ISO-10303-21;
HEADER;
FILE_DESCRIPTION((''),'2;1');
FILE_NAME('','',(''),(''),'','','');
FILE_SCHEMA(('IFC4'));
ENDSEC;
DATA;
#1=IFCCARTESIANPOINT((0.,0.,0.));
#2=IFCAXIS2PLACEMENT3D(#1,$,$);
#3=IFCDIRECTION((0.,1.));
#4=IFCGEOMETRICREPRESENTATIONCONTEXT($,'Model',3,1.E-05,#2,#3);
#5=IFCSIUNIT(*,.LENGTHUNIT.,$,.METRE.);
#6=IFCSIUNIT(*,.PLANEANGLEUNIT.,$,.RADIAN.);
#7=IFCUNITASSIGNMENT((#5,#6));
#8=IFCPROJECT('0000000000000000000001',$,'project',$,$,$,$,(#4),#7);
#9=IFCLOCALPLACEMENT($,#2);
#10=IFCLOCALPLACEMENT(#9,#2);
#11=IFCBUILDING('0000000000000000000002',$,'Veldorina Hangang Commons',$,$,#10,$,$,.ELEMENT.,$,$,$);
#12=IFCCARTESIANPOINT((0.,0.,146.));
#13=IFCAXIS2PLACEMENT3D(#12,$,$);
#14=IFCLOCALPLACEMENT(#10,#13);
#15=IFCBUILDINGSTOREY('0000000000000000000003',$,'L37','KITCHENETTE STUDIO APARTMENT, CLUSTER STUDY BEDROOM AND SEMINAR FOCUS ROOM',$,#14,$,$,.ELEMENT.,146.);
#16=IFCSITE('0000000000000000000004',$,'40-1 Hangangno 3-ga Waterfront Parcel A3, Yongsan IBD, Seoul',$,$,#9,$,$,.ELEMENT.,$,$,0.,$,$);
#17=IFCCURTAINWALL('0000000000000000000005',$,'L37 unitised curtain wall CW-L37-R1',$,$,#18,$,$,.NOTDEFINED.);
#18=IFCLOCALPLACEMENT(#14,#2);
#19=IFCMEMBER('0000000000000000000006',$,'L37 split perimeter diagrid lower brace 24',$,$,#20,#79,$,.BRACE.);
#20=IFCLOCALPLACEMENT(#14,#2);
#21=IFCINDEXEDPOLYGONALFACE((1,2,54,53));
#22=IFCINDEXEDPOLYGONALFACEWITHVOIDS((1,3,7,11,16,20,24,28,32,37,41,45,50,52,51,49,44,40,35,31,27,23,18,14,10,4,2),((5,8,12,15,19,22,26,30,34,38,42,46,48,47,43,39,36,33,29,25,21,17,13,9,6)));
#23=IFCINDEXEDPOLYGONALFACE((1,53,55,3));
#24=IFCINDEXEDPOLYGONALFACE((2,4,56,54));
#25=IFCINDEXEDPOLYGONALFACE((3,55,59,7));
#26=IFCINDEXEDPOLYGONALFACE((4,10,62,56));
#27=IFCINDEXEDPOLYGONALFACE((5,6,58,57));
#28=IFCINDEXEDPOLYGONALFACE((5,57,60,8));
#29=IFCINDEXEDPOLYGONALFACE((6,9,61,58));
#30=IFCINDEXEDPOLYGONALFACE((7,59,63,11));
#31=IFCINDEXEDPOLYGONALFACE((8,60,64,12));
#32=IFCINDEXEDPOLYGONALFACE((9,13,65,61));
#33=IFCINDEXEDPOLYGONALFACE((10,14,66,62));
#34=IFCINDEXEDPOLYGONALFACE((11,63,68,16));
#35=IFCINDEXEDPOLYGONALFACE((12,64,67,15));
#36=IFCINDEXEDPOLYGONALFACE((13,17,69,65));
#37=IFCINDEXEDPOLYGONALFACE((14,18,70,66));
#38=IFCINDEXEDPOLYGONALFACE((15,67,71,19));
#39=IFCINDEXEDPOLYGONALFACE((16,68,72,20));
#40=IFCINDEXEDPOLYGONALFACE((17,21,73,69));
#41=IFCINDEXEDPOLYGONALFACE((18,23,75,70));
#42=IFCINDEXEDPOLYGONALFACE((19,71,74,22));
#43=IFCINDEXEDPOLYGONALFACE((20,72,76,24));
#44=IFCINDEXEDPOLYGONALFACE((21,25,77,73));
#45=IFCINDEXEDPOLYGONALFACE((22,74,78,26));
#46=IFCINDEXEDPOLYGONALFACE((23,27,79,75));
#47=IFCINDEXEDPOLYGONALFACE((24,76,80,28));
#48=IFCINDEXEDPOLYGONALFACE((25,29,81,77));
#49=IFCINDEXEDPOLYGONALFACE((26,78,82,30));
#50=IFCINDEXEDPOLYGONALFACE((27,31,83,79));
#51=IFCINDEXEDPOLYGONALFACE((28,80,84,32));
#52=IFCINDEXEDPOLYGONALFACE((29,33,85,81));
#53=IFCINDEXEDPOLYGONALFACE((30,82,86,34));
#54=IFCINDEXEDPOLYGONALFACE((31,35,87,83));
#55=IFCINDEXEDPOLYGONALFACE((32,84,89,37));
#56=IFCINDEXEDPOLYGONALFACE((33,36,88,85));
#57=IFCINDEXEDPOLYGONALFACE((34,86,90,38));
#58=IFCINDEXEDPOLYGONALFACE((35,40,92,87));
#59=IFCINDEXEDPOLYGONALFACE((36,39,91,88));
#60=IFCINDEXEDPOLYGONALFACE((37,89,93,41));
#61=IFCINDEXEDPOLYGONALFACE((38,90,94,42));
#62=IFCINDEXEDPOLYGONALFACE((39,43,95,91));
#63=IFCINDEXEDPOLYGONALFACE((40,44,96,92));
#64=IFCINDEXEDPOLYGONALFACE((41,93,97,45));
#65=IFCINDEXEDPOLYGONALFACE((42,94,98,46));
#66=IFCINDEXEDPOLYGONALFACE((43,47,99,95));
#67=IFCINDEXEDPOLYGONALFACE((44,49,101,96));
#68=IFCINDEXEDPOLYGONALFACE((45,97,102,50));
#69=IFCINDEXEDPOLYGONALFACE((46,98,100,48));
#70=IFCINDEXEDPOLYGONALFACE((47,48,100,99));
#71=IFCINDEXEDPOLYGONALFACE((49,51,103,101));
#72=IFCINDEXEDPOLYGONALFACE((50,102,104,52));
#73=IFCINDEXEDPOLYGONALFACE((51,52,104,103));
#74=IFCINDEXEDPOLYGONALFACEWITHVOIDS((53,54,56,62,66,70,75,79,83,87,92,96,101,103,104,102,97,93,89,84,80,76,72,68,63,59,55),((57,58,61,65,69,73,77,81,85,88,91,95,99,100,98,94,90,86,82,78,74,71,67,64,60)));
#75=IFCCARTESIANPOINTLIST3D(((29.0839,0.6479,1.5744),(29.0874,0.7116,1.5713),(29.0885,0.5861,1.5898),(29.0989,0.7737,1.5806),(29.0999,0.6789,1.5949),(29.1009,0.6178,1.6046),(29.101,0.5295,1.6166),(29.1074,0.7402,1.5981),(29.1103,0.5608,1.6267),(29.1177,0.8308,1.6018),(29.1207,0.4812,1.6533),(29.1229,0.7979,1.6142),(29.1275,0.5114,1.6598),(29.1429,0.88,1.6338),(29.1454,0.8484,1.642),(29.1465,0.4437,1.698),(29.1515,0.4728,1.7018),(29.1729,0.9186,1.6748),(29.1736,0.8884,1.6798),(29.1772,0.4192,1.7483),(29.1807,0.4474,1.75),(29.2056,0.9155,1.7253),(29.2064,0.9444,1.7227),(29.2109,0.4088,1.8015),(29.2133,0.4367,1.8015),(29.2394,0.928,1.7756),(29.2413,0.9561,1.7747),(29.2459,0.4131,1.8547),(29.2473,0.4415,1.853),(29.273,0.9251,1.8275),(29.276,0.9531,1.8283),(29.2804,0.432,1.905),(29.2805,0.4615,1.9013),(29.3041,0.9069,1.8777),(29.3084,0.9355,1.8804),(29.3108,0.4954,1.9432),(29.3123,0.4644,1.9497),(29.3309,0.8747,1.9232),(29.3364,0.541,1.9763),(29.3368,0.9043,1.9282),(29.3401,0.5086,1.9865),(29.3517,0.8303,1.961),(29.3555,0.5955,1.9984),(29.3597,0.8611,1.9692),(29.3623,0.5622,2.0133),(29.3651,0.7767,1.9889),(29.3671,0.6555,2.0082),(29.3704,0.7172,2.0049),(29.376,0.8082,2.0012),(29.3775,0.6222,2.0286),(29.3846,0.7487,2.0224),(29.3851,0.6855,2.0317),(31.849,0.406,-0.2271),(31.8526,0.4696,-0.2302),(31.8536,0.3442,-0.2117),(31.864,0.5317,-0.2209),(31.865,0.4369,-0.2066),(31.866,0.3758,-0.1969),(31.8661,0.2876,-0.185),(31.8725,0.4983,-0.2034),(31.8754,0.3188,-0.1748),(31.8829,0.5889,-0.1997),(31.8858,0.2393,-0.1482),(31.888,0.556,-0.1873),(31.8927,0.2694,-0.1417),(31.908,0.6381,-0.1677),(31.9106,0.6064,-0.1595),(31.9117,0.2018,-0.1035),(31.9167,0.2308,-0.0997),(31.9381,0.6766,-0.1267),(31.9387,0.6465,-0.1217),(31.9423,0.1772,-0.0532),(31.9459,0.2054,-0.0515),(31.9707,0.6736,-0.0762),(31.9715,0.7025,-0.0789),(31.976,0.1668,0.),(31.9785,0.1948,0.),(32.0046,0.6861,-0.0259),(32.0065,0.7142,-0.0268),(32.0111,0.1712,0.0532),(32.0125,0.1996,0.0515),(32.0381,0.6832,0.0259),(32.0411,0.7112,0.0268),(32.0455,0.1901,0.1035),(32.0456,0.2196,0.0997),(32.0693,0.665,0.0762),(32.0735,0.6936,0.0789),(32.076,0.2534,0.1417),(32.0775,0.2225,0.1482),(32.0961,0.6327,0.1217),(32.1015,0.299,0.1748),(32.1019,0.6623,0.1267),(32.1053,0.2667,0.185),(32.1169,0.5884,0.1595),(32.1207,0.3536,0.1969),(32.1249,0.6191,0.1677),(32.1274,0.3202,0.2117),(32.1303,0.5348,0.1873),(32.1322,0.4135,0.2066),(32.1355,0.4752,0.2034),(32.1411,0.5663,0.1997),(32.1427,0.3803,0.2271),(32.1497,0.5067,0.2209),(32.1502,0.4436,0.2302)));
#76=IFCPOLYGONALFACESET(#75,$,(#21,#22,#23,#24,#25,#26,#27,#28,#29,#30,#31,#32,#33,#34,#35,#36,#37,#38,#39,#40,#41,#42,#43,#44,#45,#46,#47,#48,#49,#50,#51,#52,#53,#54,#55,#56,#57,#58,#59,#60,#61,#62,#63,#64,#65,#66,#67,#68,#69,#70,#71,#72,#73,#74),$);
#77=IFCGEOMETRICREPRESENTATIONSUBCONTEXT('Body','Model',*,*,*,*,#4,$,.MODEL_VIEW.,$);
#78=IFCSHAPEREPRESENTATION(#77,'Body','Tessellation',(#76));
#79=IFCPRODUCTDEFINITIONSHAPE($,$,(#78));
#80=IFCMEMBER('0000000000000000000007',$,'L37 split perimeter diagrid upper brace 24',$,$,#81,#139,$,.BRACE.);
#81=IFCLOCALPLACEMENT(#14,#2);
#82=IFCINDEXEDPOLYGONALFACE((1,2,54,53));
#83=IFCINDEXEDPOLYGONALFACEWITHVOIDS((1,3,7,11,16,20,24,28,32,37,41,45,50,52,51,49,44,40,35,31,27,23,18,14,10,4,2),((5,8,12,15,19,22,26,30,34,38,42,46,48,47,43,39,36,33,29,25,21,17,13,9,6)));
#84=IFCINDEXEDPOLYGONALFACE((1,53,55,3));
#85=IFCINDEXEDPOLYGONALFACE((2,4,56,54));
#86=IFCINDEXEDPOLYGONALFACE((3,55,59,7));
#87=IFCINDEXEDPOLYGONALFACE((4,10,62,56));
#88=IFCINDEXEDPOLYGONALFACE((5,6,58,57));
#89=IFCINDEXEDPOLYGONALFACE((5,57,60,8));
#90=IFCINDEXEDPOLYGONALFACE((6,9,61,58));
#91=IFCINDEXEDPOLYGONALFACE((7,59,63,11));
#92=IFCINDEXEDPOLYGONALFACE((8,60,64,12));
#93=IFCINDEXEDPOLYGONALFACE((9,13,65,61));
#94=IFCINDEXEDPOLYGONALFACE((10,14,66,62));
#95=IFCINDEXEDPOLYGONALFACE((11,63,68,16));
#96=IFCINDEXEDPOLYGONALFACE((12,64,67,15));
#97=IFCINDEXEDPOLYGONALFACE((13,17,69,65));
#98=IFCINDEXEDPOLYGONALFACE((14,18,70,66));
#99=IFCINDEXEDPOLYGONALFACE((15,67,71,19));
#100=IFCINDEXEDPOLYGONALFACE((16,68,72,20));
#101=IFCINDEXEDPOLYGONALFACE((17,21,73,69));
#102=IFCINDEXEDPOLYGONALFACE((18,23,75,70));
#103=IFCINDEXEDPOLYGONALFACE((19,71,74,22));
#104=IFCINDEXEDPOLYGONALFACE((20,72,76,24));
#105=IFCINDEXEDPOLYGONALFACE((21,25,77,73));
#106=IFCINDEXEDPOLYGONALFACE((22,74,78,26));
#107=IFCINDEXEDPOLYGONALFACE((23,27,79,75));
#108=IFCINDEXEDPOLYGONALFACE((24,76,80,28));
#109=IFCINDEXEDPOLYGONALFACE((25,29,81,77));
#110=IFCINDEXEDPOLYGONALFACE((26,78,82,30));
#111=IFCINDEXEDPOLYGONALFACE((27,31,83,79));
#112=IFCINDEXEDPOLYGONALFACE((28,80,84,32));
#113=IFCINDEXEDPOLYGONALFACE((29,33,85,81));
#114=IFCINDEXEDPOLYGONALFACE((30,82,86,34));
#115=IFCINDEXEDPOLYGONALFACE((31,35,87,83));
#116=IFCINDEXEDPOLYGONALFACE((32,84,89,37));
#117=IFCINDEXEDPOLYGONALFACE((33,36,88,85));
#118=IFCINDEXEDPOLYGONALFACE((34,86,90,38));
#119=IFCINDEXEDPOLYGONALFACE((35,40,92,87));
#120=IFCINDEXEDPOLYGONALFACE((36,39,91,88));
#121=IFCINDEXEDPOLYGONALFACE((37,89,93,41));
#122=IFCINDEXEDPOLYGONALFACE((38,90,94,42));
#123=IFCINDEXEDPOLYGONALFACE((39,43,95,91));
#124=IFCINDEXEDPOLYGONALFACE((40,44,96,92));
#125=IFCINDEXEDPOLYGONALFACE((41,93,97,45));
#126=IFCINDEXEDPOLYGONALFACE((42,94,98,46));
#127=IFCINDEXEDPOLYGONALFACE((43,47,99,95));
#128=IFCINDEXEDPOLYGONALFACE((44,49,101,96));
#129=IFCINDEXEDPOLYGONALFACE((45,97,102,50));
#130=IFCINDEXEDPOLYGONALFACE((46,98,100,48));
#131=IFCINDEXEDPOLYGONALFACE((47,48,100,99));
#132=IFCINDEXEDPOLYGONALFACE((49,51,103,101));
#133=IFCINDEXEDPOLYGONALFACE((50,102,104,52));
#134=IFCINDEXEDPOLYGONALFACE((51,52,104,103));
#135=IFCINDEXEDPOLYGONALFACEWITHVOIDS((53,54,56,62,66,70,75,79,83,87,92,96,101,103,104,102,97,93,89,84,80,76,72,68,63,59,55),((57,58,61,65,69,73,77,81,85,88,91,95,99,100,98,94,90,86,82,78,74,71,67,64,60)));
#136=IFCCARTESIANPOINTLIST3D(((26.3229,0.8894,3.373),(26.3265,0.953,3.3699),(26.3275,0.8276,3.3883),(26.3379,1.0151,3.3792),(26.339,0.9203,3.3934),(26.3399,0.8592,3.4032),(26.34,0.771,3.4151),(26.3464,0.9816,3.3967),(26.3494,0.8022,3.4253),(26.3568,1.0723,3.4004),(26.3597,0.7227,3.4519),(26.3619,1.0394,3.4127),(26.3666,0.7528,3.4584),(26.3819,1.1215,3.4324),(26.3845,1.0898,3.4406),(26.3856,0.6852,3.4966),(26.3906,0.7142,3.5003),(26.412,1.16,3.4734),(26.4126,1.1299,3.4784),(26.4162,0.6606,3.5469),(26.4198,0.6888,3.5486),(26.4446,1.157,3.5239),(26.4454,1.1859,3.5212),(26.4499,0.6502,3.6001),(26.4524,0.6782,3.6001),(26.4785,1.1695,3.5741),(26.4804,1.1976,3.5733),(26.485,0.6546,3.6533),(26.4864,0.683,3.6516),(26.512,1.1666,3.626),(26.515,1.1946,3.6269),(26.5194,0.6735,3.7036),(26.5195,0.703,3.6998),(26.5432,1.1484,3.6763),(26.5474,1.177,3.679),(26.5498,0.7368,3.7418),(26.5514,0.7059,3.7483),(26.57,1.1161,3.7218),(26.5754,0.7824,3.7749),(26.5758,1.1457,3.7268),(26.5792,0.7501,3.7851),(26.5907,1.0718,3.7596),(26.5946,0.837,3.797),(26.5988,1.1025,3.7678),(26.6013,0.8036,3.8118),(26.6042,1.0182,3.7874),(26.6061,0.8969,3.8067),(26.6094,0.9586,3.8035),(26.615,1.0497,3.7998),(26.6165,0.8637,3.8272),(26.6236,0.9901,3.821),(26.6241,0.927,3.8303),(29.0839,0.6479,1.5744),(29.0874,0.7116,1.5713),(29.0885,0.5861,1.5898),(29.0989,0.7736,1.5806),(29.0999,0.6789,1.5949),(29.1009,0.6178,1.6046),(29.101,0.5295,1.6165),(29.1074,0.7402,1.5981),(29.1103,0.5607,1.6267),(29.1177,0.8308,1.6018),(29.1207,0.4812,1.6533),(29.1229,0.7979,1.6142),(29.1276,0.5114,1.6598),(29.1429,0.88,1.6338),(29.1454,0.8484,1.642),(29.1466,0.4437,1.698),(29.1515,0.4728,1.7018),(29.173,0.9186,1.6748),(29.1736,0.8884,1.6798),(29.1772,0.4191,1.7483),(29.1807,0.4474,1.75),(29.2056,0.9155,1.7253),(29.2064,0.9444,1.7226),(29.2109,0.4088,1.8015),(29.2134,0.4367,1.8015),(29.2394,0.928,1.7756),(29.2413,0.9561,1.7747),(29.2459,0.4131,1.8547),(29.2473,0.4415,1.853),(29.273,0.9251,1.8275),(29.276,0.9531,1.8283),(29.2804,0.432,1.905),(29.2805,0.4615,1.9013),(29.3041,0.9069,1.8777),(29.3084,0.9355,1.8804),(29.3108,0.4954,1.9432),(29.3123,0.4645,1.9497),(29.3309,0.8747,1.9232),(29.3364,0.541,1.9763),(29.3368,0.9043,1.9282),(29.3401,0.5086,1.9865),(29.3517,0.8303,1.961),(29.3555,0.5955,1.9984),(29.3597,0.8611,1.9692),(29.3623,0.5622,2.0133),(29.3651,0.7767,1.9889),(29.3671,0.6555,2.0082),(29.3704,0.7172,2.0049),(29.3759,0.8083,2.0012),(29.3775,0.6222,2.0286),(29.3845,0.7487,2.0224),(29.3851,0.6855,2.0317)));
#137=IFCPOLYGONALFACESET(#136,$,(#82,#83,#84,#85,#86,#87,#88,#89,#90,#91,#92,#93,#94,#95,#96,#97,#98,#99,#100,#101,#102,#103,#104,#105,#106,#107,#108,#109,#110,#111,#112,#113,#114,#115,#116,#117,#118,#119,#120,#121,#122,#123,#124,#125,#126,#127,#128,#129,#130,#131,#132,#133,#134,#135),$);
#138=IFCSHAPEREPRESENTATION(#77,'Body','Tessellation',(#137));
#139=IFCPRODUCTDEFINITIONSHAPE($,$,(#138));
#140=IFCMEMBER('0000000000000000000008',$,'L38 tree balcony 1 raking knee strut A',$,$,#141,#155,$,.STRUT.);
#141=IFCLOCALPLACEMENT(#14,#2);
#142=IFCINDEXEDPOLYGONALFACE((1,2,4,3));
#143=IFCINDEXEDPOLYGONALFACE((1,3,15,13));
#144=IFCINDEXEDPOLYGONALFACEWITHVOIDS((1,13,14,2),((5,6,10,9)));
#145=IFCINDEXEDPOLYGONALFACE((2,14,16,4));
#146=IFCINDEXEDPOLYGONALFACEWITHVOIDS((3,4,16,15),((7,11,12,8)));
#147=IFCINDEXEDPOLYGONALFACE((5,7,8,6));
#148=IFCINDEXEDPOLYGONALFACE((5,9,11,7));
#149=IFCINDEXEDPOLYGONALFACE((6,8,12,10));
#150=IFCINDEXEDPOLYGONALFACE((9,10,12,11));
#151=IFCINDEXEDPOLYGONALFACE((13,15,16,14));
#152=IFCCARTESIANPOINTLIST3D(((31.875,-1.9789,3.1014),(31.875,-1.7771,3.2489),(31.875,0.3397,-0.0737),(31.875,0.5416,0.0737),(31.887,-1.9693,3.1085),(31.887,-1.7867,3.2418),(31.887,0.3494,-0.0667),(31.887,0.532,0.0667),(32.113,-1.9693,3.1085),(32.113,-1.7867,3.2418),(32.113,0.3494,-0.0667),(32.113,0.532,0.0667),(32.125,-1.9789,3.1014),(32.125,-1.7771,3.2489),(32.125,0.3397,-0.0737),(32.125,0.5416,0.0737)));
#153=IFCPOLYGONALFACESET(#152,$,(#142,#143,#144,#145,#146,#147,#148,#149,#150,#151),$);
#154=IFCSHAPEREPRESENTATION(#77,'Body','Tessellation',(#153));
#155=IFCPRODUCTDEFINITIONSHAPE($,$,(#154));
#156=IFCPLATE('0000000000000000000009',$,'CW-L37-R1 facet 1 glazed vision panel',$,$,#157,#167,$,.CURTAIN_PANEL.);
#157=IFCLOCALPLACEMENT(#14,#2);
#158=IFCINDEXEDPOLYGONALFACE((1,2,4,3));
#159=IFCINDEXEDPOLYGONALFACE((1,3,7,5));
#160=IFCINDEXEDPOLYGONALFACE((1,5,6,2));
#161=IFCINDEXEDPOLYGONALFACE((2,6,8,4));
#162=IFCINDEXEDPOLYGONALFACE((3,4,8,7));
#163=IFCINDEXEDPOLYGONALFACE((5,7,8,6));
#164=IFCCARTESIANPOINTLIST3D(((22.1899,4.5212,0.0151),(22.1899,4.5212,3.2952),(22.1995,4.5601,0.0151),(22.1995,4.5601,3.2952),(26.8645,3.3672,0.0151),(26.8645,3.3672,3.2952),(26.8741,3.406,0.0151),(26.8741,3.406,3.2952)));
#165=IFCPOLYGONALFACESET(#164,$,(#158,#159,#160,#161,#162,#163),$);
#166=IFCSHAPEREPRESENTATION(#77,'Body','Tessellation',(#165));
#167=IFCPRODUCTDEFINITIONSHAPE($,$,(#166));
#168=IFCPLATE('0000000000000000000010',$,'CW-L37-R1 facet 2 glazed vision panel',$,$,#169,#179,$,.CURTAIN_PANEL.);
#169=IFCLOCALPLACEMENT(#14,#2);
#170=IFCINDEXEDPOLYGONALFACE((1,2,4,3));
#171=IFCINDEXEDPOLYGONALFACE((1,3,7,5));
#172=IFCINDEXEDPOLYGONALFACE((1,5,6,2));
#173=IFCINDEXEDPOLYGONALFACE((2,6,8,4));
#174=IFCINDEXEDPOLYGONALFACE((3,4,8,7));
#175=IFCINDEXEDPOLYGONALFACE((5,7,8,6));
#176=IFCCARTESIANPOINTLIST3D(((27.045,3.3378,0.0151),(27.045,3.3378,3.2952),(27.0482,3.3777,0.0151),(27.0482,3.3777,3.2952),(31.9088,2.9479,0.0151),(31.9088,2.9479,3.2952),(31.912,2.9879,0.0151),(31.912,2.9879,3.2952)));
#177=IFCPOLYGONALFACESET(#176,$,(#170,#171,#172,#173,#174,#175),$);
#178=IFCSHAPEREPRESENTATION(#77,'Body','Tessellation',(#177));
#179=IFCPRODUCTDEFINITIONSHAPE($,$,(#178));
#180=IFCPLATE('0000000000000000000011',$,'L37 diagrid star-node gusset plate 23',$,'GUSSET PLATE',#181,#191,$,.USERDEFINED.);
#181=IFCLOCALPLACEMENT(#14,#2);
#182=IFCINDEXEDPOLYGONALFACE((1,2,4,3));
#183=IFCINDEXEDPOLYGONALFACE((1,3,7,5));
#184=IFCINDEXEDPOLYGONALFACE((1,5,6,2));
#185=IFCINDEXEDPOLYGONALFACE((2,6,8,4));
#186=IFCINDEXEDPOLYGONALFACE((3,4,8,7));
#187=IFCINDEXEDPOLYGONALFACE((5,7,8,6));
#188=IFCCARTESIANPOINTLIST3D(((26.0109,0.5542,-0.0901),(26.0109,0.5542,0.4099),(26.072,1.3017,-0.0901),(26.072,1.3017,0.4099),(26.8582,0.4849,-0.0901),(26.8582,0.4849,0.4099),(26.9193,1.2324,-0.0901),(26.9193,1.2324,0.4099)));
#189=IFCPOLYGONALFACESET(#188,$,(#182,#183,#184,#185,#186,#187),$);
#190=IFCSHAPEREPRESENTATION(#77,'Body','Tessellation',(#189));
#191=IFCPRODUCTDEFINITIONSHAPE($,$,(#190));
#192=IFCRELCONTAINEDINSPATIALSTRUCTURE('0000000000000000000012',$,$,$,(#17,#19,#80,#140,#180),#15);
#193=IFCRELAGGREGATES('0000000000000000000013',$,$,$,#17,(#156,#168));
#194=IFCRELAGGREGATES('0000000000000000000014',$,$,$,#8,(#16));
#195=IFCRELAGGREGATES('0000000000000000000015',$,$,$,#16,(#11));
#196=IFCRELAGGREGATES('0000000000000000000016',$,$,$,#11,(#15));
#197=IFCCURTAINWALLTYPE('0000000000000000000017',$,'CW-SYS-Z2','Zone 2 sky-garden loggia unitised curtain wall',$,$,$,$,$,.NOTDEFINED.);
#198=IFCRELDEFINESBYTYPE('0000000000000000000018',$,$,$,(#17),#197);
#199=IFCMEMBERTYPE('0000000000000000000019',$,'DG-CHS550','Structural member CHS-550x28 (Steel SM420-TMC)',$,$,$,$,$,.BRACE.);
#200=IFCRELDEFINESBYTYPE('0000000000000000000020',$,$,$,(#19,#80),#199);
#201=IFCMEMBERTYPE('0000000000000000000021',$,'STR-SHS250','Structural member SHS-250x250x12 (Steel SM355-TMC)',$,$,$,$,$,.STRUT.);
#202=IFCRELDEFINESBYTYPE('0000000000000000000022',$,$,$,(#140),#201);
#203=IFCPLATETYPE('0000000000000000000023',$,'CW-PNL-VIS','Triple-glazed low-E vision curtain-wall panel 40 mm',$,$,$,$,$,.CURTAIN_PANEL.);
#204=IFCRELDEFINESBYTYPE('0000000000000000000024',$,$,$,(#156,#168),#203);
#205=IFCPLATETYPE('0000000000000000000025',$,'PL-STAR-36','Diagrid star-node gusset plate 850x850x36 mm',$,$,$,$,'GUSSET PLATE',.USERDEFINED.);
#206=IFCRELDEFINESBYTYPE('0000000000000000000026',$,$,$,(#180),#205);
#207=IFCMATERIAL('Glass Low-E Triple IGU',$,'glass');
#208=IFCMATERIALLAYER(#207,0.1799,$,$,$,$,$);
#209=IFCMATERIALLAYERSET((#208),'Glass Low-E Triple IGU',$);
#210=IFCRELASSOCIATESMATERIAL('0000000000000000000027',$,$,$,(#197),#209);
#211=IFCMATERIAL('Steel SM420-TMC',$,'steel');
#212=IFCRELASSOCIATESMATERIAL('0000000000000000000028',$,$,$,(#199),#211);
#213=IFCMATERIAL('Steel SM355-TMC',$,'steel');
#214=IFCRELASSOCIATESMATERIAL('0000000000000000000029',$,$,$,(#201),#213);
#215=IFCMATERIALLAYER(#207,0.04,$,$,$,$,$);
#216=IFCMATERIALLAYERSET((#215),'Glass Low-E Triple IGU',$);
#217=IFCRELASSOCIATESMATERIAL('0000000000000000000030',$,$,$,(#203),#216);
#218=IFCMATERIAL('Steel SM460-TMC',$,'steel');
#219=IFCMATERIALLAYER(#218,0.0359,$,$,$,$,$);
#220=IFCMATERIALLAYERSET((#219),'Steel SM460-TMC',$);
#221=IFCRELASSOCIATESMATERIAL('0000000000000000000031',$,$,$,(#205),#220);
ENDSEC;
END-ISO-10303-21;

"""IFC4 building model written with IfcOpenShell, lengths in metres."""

from ifc_helpers import new_model, si_unit, direction, frame, origin, origin_2d, place, context, subcontext, project, spatial, rectangle, hollow_rectangle, hollow_circle, extrude, material, layer, layer_set, material_profile, profile_set, type_object, element, aggregate, save


model = new_model("IFC4")

# Units and contexts
model_context = context("Model", 3, precision=1e-05, world=origin(), true_north=direction((0.0, 1.0)))
body_context = subcontext(model_context, "Body", "Model", "MODEL_VIEW")
ifc_project = project(units=[si_unit("LENGTHUNIT", "METRE"), si_unit("PLANEANGLEUNIT", "RADIAN")], contexts=[model_context])

# Site, building, storey
site_placement = place(None, origin())
site = spatial("IfcSite", under=ifc_project, at=site_placement, Name="40-1 Hangangno 3-ga Waterfront Parcel A3, Yongsan IBD, Seoul", CompositionType="ELEMENT", RefElevation=0.0)
building_placement = place(site_placement, origin())
building = spatial("IfcBuilding", under=site, at=building_placement, Name="Veldorina Hangang Commons", CompositionType="ELEMENT")
storey_placement = place(building_placement, frame((0.0, 0.0, 146.0)))
storey = spatial("IfcBuildingStorey", under=building, at=storey_placement, Name="L37", Description="KITCHENETTE STUDIO APARTMENT, CLUSTER STUDY BEDROOM AND SEMINAR FOCUS ROOM", CompositionType="ELEMENT", Elevation=146.0)

# Shared definitions
ifc_material_1 = material(Name="Steel SM355-TMC", Category="steel")
ifc_material_2 = material(Name="Steel SM420-TMC", Category="steel")

# Curtain wall
ifc_material_3 = material(Name="Glass Low-E Triple IGU", Category="glass")
ifc_layer_1 = layer(ifc_material_3, 0.1799)
ifc_layer_set_1 = layer_set([ifc_layer_1], Name="Glass Low-E Triple IGU")
curtain_wall_type = type_object("IfcCurtainWallType", Name="CW-SYS-Z2", Description="Zone 2 sky-garden loggia unitised curtain wall", PredefinedType="NOTDEFINED", material=ifc_layer_set_1)
curtain_wall_placement = place(storey_placement, origin())
curtain_wall = element("IfcCurtainWall", 1, at=curtain_wall_placement, inside=storey, type_object=curtain_wall_type, Name="L37 unitised curtain wall CW-L37-R1", PredefinedType="NOTDEFINED")

# Members
ifc_material_profile_1 = material_profile(ifc_material_2, hollow_circle(Radius=0.2749, WallThickness=0.0281, at=origin_2d()), Name="CHS-550x28")
ifc_profile_set_1 = profile_set([ifc_material_profile_1], Name="Steel SM420-TMC")
member_type_1 = type_object("IfcMemberType", Name="DG-CHS550", Description="Structural member CHS-550x28 (Steel SM420-TMC)", PredefinedType="BRACE", material=ifc_profile_set_1)
member_1_placement = place(storey_placement, frame((32.0, 0.4407, 0.0), z_axis=(-0.835623, 0.073115, 0.544416), x_axis=(-0.087165, -0.996194, 0.0)))
element("IfcMember", 2, at=member_1_placement, inside=storey, type_object=member_type_1, Name="L37 split perimeter diagrid lower brace 24", PredefinedType="BRACE", context=body_context, shape_type="SweptSolid", body=[
    extrude(hollow_circle(Radius=0.2749, WallThickness=0.0281, at=origin_2d()), origin(), (0.0, 0.0, 1.0), 3.3091),
])
member_2_placement = place(storey_placement, frame((29.2349, 0.6826, 1.8015), z_axis=(-0.835656, 0.07308, 0.54437), x_axis=(-0.08712, -0.996198, 0.0)))
element("IfcMember", 3, at=member_2_placement, inside=storey, type_object=member_type_1, Name="L37 split perimeter diagrid upper brace 24", PredefinedType="BRACE", context=body_context, shape_type="SweptSolid", body=[
    extrude(hollow_circle(Radius=0.2749, WallThickness=0.0281, at=origin_2d()), origin(), (0.0, 0.0, 1.0), 3.304),
])
ifc_material_profile_2 = material_profile(ifc_material_1, hollow_rectangle(XDim=0.25, YDim=0.25, WallThickness=0.012, at=origin_2d()), Name="SHS-250x250x12")
ifc_profile_set_2 = profile_set([ifc_material_profile_2], Name="Steel SM355-TMC")
member_type_2 = type_object("IfcMemberType", Name="STR-SHS250", Description="Structural member SHS-250x250x12 (Steel SM355-TMC)", PredefinedType="STRUT", material=ifc_profile_set_2)
member_3_placement = place(storey_placement, frame((32.0, 0.4407, 0.0), z_axis=(0.0, -0.589747, 0.807588), x_axis=(1.0, 0.0, 0.0)))
element("IfcMember", 4, at=member_3_placement, inside=storey, type_object=member_type_2, Name="L38 tree balcony 1 raking knee strut A", PredefinedType="STRUT", context=body_context, shape_type="SweptSolid", body=[
    extrude(hollow_rectangle(XDim=0.25, YDim=0.25, WallThickness=0.012, at=origin_2d()), origin(), (0.0, 0.0, 1.0), 3.9316),
])

# Plates
ifc_layer_2 = layer(ifc_material_3, 0.04)
ifc_layer_set_2 = layer_set([ifc_layer_2], Name="Glass Low-E Triple IGU")
plate_type_1 = type_object("IfcPlateType", Name="CW-PNL-VIS", Description="Triple-glazed low-E vision curtain-wall panel 40 mm", PredefinedType="CURTAIN_PANEL", material=ifc_layer_set_2)
plate_1_placement = place(storey_placement, frame((24.532, 3.9636, 0.0151), z_axis=(0.0, 0.0, 1.0), x_axis=(0.97085, -0.239686, 0.0)))
plate_1 = element("IfcPlate", 5, at=plate_1_placement, type_object=plate_type_1, Name="CW-L37-R1 facet 1 glazed vision panel", PredefinedType="CURTAIN_PANEL", context=body_context, shape_type="SweptSolid", body=[
    extrude(rectangle(XDim=4.8149, YDim=0.04, at=origin_2d()), origin(), (0.0, 0.0, 1.0), 3.28),
])
plate_2_placement = place(storey_placement, frame((29.4785, 3.1628, 0.0151), z_axis=(0.0, 0.0, 1.0), x_axis=(0.996803, -0.079903, 0.0)))
plate_2 = element("IfcPlate", 6, at=plate_2_placement, type_object=plate_type_1, Name="CW-L37-R1 facet 2 glazed vision panel", PredefinedType="CURTAIN_PANEL", context=body_context, shape_type="SweptSolid", body=[
    extrude(rectangle(XDim=4.8794, YDim=0.04, at=origin_2d()), origin(), (0.0, 0.0, 1.0), 3.28),
])
aggregate(curtain_wall, [plate_1, plate_2])

# Plate
ifc_material_4 = material(Name="Steel SM460-TMC", Category="steel")
ifc_layer_3 = layer(ifc_material_4, 0.0359)
ifc_layer_set_3 = layer_set([ifc_layer_3], Name="Steel SM460-TMC")
plate_type_2 = type_object("IfcPlateType", Name="PL-STAR-36", Description="Diagrid star-node gusset plate 850x850x36 mm", ElementType="GUSSET PLATE", PredefinedType="USERDEFINED", material=ifc_layer_set_3)
plate_3_placement = place(storey_placement, frame((26.4651, 0.8933, -0.0901), z_axis=(0.0, 0.0, 1.0), x_axis=(0.996672, -0.081521, 0.0)))
element("IfcPlate", 7, at=plate_3_placement, inside=storey, type_object=plate_type_2, Name="L37 diagrid star-node gusset plate 23", ObjectType="GUSSET PLATE", PredefinedType="USERDEFINED", context=body_context, shape_type="SweptSolid", body=[
    extrude(rectangle(XDim=0.8501, YDim=0.75, at=origin_2d()), origin(), (0.0, 0.0, 1.0), 0.5),
])

save(model, "model.ifc")
